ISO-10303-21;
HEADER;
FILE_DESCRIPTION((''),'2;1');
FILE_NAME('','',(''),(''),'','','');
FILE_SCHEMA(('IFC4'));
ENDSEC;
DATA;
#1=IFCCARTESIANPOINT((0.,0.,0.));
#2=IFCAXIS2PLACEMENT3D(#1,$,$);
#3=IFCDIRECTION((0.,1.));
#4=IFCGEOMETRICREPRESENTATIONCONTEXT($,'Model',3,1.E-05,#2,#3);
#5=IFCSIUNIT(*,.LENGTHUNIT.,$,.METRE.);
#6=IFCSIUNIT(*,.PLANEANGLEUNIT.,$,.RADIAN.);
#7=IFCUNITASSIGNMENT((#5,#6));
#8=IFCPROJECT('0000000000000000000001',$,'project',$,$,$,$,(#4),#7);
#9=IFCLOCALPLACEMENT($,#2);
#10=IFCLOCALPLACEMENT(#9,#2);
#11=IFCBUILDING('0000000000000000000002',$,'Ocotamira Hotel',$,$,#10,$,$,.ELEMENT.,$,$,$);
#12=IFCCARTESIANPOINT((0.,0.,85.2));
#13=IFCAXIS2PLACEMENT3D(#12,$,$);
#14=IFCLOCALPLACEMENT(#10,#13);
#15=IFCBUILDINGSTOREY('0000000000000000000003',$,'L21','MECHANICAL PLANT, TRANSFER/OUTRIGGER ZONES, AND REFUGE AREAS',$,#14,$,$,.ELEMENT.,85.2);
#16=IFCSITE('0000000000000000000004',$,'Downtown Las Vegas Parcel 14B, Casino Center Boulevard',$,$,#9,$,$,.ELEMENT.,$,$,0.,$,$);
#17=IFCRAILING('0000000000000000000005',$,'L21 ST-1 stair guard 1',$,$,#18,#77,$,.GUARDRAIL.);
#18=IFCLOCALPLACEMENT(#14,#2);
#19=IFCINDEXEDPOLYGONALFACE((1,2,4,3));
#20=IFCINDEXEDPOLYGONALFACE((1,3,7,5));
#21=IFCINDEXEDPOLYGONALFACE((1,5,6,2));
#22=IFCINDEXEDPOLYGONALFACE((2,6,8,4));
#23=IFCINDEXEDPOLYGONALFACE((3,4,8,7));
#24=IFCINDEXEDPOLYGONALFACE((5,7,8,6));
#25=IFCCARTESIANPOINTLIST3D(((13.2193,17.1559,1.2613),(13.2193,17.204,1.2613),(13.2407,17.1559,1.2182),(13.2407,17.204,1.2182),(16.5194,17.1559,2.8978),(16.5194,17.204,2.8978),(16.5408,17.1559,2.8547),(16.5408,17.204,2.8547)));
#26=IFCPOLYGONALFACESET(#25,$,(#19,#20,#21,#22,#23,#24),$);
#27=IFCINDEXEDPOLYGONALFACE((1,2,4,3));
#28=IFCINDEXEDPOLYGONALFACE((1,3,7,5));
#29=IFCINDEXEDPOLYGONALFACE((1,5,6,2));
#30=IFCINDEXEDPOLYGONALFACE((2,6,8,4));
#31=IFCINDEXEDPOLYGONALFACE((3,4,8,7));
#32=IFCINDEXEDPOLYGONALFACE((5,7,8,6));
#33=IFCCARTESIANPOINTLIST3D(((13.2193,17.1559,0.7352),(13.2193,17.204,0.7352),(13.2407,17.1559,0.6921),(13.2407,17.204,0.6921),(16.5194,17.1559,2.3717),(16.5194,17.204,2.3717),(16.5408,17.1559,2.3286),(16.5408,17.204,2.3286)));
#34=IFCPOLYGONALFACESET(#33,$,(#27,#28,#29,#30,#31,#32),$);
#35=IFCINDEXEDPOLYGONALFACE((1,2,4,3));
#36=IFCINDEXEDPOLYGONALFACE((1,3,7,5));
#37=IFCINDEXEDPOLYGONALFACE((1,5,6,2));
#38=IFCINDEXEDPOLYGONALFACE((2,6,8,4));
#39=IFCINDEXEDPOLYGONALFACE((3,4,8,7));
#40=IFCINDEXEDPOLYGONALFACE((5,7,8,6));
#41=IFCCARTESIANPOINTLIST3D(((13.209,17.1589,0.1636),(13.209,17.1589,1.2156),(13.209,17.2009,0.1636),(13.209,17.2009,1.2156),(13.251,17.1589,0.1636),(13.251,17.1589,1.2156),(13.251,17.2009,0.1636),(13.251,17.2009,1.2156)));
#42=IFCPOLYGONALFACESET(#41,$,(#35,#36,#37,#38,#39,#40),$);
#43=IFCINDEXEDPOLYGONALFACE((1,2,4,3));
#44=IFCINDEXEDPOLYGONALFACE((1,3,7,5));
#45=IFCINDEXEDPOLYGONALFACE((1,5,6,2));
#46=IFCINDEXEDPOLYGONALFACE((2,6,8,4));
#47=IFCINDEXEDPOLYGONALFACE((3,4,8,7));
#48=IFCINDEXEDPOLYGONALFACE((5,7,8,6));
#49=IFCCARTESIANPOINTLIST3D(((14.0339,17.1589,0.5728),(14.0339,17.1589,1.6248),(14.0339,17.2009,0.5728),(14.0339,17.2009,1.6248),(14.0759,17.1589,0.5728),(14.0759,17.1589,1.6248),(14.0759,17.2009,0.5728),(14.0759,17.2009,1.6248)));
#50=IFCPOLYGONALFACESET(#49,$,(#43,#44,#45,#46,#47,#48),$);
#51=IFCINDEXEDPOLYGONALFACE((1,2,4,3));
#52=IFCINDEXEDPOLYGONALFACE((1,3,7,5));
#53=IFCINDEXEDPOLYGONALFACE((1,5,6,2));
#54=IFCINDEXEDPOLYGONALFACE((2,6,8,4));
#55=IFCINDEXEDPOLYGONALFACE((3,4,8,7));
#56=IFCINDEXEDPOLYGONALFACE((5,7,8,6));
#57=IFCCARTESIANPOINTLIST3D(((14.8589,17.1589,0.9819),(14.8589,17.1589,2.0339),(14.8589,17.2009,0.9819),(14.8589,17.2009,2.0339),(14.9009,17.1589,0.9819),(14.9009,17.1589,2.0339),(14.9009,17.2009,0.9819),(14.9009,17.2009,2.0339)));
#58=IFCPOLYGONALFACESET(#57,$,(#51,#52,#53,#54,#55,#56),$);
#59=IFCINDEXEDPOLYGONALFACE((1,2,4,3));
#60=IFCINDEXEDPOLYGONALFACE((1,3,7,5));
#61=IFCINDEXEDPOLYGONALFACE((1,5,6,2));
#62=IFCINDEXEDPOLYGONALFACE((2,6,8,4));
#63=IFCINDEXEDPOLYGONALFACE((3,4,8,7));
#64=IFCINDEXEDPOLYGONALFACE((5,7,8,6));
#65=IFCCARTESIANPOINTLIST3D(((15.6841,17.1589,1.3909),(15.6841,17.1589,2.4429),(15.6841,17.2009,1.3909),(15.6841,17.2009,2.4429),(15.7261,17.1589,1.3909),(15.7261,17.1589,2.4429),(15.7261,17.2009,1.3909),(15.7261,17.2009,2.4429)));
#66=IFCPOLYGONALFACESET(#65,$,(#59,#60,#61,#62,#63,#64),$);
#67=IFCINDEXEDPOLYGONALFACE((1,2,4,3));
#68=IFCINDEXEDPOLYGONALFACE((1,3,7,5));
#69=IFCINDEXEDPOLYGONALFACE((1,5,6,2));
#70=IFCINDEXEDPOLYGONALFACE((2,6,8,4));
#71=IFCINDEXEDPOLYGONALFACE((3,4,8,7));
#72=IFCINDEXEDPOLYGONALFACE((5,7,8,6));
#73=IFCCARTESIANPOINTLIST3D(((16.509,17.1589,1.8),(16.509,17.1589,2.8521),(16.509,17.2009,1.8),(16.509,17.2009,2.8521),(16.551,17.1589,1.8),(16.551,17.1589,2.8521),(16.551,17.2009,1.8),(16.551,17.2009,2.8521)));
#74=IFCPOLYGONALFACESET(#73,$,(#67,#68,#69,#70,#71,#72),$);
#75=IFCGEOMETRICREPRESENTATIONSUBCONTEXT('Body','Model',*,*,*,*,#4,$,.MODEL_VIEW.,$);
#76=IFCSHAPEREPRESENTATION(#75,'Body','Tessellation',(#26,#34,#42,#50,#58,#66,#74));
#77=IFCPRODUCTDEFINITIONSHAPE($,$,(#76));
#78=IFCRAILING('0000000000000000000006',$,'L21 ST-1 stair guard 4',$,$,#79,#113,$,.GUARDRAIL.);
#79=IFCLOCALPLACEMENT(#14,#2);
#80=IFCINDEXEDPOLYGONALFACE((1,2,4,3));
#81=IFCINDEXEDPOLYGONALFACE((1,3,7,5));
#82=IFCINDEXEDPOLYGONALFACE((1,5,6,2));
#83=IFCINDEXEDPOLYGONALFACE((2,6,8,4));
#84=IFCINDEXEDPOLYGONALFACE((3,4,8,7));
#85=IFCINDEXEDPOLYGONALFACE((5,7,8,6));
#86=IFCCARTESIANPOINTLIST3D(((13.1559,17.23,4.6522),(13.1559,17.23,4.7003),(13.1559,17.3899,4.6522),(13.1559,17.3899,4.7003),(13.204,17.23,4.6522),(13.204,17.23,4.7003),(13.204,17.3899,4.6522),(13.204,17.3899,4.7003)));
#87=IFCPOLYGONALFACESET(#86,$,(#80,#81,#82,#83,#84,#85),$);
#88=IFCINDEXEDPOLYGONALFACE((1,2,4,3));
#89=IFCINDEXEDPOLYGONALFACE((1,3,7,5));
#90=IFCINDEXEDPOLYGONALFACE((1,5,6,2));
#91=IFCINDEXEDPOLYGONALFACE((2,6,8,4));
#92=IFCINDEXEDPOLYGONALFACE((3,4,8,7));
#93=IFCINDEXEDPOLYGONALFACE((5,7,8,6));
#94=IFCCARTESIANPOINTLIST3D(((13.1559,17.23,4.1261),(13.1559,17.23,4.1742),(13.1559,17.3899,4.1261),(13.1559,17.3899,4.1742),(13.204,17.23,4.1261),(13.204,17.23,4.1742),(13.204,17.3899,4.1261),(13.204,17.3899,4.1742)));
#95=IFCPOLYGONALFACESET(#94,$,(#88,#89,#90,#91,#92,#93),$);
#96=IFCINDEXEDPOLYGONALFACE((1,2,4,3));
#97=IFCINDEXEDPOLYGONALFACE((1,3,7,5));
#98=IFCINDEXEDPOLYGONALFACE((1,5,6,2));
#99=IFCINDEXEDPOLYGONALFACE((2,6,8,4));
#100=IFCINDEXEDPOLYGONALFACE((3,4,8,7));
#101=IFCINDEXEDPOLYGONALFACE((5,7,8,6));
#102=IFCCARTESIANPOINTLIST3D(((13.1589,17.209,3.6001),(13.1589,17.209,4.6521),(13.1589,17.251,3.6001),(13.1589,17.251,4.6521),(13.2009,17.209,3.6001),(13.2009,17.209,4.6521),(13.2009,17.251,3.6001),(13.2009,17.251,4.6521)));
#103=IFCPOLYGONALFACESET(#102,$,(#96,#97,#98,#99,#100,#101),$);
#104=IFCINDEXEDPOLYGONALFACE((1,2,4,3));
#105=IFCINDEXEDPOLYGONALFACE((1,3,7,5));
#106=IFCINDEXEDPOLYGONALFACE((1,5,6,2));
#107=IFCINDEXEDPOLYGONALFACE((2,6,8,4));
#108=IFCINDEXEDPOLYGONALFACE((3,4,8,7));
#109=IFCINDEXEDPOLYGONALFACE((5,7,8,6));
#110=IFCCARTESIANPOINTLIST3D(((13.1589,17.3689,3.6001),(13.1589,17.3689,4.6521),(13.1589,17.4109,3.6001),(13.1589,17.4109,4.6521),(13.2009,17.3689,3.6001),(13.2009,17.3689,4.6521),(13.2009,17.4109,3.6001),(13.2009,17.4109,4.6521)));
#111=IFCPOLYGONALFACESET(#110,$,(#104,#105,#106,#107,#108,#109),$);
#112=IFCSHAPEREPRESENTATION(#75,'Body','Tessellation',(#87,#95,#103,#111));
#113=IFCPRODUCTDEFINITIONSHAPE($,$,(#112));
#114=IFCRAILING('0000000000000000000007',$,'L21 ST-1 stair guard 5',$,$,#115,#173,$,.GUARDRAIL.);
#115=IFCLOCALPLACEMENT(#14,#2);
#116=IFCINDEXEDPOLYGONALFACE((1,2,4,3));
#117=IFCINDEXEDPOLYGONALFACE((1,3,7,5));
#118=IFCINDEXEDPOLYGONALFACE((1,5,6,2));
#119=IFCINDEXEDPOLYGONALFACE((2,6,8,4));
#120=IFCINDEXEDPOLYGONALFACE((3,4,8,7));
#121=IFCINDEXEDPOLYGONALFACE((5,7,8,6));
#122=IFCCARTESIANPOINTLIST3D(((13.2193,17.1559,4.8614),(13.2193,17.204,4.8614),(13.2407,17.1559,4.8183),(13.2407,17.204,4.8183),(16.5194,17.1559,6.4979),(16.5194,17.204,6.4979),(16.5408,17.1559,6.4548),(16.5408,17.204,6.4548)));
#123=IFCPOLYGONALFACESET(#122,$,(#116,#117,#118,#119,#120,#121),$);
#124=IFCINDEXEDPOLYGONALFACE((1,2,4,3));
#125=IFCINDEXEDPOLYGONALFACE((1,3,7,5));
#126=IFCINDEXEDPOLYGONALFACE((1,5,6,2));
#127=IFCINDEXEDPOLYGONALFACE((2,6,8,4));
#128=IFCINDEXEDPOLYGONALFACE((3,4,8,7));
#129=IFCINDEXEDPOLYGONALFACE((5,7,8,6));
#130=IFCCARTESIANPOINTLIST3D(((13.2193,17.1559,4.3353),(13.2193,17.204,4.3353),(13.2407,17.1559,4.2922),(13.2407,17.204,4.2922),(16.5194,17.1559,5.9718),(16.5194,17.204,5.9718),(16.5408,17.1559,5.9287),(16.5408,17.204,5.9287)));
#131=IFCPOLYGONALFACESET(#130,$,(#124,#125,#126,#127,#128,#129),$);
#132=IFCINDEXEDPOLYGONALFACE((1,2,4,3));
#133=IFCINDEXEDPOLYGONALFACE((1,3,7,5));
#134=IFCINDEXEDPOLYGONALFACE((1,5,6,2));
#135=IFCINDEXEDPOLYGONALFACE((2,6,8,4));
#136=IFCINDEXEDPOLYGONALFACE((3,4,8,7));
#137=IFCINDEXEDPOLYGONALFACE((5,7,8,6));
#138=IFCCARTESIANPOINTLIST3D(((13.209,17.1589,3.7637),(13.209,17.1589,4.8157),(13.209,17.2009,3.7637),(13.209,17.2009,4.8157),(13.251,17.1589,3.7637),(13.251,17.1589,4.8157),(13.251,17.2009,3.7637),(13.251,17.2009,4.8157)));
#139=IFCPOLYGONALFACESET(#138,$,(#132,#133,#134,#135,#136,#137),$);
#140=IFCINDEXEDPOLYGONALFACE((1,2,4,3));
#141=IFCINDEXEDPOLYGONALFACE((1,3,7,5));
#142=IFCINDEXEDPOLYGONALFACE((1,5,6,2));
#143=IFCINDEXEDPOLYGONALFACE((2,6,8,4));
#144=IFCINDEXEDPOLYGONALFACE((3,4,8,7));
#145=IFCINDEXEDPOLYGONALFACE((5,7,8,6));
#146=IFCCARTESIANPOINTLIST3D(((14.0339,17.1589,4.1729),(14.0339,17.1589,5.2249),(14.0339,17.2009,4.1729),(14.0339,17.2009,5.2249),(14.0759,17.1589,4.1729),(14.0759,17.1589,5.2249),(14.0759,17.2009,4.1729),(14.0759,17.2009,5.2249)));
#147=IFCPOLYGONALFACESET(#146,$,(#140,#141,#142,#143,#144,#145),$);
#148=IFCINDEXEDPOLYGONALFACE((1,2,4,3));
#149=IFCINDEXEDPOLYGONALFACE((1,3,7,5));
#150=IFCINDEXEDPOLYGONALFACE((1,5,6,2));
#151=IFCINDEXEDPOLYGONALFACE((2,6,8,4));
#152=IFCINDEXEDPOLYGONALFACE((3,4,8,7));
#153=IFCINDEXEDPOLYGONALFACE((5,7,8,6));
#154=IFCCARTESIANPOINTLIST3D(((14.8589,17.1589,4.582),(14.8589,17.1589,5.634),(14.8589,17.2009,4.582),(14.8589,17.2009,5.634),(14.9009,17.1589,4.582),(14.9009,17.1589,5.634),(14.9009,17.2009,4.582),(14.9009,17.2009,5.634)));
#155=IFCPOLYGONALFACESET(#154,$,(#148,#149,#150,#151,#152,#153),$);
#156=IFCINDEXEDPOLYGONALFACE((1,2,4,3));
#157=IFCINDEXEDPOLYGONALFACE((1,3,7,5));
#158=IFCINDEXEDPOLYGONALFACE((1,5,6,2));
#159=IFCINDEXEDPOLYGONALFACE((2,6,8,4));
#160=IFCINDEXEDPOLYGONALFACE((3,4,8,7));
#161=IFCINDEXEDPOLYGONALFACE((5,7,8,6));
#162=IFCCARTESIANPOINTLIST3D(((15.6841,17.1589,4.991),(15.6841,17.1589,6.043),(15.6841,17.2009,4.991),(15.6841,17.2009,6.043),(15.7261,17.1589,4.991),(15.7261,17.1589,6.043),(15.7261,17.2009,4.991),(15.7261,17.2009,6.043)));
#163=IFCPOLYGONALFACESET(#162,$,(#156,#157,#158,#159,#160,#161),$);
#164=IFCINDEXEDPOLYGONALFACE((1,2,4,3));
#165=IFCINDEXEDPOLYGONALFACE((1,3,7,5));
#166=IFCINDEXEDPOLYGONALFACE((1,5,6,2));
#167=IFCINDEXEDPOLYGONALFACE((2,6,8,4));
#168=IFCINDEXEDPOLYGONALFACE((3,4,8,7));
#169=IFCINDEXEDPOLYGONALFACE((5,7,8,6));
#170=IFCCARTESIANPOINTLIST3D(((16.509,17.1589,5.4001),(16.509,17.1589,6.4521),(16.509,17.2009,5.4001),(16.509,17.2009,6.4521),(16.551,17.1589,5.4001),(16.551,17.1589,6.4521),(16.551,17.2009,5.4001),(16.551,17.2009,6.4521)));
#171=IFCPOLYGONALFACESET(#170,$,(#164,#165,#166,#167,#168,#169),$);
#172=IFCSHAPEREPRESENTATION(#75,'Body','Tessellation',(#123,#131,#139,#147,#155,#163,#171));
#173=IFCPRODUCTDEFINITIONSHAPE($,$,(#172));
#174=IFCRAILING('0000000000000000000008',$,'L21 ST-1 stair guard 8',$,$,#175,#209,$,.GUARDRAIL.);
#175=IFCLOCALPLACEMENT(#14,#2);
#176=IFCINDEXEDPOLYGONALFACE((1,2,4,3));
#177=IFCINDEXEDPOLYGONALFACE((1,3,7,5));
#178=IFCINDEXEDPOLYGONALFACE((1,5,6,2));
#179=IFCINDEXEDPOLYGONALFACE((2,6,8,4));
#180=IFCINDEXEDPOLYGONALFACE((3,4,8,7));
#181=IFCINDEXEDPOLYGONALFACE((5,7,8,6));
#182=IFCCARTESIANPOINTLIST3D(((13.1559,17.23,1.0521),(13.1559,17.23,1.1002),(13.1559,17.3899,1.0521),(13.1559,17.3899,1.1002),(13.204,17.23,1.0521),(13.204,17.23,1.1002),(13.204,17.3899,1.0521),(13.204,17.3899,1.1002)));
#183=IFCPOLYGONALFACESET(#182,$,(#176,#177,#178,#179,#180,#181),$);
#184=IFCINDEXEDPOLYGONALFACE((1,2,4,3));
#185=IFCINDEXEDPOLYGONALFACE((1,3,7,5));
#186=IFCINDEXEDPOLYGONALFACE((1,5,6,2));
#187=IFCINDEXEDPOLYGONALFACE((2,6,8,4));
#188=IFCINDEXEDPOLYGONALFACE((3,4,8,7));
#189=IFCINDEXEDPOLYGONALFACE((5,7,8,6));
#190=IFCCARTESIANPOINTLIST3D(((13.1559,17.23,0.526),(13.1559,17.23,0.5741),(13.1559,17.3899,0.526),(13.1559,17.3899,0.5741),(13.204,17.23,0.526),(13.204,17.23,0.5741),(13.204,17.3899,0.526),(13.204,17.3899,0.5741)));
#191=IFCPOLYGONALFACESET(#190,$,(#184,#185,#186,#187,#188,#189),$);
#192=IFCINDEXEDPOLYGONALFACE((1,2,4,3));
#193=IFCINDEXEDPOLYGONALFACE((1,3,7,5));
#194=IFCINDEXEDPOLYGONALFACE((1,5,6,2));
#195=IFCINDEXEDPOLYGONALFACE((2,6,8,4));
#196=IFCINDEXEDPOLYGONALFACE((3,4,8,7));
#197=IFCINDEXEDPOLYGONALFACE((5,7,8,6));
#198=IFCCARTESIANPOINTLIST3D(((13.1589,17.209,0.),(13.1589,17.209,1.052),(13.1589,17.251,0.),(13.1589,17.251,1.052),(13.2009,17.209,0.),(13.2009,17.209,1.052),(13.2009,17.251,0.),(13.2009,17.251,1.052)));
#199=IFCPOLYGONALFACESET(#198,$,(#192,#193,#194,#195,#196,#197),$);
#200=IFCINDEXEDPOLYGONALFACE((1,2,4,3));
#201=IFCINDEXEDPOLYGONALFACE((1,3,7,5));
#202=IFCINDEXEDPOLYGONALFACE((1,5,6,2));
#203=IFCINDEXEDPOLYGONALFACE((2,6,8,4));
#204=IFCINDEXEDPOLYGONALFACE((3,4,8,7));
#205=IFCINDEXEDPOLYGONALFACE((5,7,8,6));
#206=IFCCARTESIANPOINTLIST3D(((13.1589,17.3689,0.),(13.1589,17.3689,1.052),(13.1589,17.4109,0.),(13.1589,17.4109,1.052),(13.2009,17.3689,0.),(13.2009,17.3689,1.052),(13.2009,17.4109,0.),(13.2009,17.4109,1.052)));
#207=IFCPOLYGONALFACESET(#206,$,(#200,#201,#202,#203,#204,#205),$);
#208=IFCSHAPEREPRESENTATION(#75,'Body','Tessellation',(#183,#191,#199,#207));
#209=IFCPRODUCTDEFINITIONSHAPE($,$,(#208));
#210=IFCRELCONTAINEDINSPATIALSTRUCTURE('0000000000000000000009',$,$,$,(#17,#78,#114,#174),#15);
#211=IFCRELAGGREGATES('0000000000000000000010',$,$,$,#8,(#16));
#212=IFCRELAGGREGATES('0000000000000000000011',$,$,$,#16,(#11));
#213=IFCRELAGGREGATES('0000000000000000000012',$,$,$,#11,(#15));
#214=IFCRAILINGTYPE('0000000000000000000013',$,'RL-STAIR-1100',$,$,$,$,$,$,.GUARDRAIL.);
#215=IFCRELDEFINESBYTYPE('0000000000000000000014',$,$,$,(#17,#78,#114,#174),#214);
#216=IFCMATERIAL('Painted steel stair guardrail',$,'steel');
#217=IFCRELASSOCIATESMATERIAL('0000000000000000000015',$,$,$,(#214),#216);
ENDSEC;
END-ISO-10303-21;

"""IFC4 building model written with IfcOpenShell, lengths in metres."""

from ifc_helpers import new_model, si_unit, direction, frame, origin, origin_2d, place, context, subcontext, project, spatial, rectangle, extrude, material, type_object, element, save


model = new_model("IFC4")

# Units and contexts
model_context = context("Model", 3, precision=1e-05, world=origin(), true_north=direction((0.0, 1.0)))
body_context = subcontext(model_context, "Body", "Model", "MODEL_VIEW")
ifc_project = project(units=[si_unit("LENGTHUNIT", "METRE"), si_unit("PLANEANGLEUNIT", "RADIAN")], contexts=[model_context])

# Site, building, storey
site_placement = place(None, origin())
site = spatial("IfcSite", under=ifc_project, at=site_placement, Name="Downtown Las Vegas Parcel 14B, Casino Center Boulevard", CompositionType="ELEMENT", RefElevation=0.0)
building_placement = place(site_placement, origin())
building = spatial("IfcBuilding", under=site, at=building_placement, Name="Ocotamira Hotel", CompositionType="ELEMENT")
storey_placement = place(building_placement, frame((0.0, 0.0, 85.2)))
storey = spatial("IfcBuildingStorey", under=building, at=storey_placement, Name="L21", Description="MECHANICAL PLANT, TRANSFER/OUTRIGGER ZONES, AND REFUGE AREAS", CompositionType="ELEMENT", Elevation=85.2)

# Railings
ifc_material_1 = material(Name="Painted steel stair guardrail", Category="steel")
railing_type_1 = type_object("IfcRailingType", Name="RL-STAIR-1100", PredefinedType="GUARDRAIL", material=ifc_material_1)
railing_1_placement = place(storey_placement, frame((13.23, 17.1799, 0.1636)))
element("IfcRailing", 1, at=railing_1_placement, inside=storey, type_object=railing_type_1, Name="L21 ST-1 stair guard 1", PredefinedType="GUARDRAIL", context=body_context, shape_type="SweptSolid", body=[
    extrude(rectangle(XDim=0.0481, YDim=0.0481, at=origin_2d()), frame((0.0, 0.0, 1.0762), z_axis=(0.895894, 0.0, 0.444268), x_axis=(0.0, 1.0, 0.0)), (0.0, 0.0, 1.0), 3.6836),
    extrude(rectangle(XDim=0.0481, YDim=0.0481, at=origin_2d()), frame((0.0, 0.0, 0.55), z_axis=(0.895894, 0.0, 0.444268), x_axis=(0.0, 1.0, 0.0)), (0.0, 0.0, 1.0), 3.6836),
    extrude(rectangle(XDim=0.042, YDim=0.042, at=origin_2d()), origin(), (0.0, 0.0, 1.0), 1.052),
    extrude(rectangle(XDim=0.042, YDim=0.042, at=origin_2d()), frame((0.825, 0.0, 0.4092)), (0.0, 0.0, 1.0), 1.052),
    extrude(rectangle(XDim=0.042, YDim=0.042, at=origin_2d()), frame((1.6499, 0.0, 0.8184)), (0.0, 0.0, 1.0), 1.052),
    extrude(rectangle(XDim=0.042, YDim=0.042, at=origin_2d()), frame((2.4751, 0.0, 1.2273)), (0.0, 0.0, 1.0), 1.052),
    extrude(rectangle(XDim=0.042, YDim=0.042, at=origin_2d()), frame((3.3, 0.0, 1.6365)), (0.0, 0.0, 1.0), 1.052),
])
railing_2_placement = place(storey_placement, frame((13.1799, 17.23, 3.6001)))
element("IfcRailing", 2, at=railing_2_placement, inside=storey, type_object=railing_type_1, Name="L21 ST-1 stair guard 4", PredefinedType="GUARDRAIL", context=body_context, shape_type="SweptSolid", body=[
    extrude(rectangle(XDim=0.0481, YDim=0.0481, at=origin_2d()), frame((0.0, 0.0, 1.0762), z_axis=(0.0, 1.0, 0.0), x_axis=(-1.0, 0.0, 0.0)), (0.0, 0.0, 1.0), 0.1599),
    extrude(rectangle(XDim=0.0481, YDim=0.0481, at=origin_2d()), frame((0.0, 0.0, 0.55), z_axis=(0.0, 1.0, 0.0), x_axis=(-1.0, 0.0, 0.0)), (0.0, 0.0, 1.0), 0.1599),
    extrude(rectangle(XDim=0.042, YDim=0.042, at=origin_2d()), origin(), (0.0, 0.0, 1.0), 1.052),
    extrude(rectangle(XDim=0.042, YDim=0.042, at=origin_2d()), frame((0.0, 0.1599, 0.0)), (0.0, 0.0, 1.0), 1.052),
])
railing_3_placement = place(storey_placement, frame((13.23, 17.1799, 3.7637)))
element("IfcRailing", 3, at=railing_3_placement, inside=storey, type_object=railing_type_1, Name="L21 ST-1 stair guard 5", PredefinedType="GUARDRAIL", context=body_context, shape_type="SweptSolid", body=[
    extrude(rectangle(XDim=0.0481, YDim=0.0481, at=origin_2d()), frame((0.0, 0.0, 1.0762), z_axis=(0.895894, 0.0, 0.444268), x_axis=(0.0, 1.0, 0.0)), (0.0, 0.0, 1.0), 3.6836),
    extrude(rectangle(XDim=0.0481, YDim=0.0481, at=origin_2d()), frame((0.0, 0.0, 0.55), z_axis=(0.895894, 0.0, 0.444268), x_axis=(0.0, 1.0, 0.0)), (0.0, 0.0, 1.0), 3.6836),
    extrude(rectangle(XDim=0.042, YDim=0.042, at=origin_2d()), origin(), (0.0, 0.0, 1.0), 1.052),
    extrude(rectangle(XDim=0.042, YDim=0.042, at=origin_2d()), frame((0.825, 0.0, 0.4092)), (0.0, 0.0, 1.0), 1.052),
    extrude(rectangle(XDim=0.042, YDim=0.042, at=origin_2d()), frame((1.6499, 0.0, 0.8184)), (0.0, 0.0, 1.0), 1.052),
    extrude(rectangle(XDim=0.042, YDim=0.042, at=origin_2d()), frame((2.4751, 0.0, 1.2273)), (0.0, 0.0, 1.0), 1.052),
    extrude(rectangle(XDim=0.042, YDim=0.042, at=origin_2d()), frame((3.3, 0.0, 1.6365)), (0.0, 0.0, 1.0), 1.052),
])
railing_4_placement = place(storey_placement, frame((13.1799, 17.23, 0.0)))
element("IfcRailing", 4, at=railing_4_placement, inside=storey, type_object=railing_type_1, Name="L21 ST-1 stair guard 8", PredefinedType="GUARDRAIL", context=body_context, shape_type="SweptSolid", body=[
    extrude(rectangle(XDim=0.0481, YDim=0.0481, at=origin_2d()), frame((0.0, 0.0, 1.0762), z_axis=(0.0, 1.0, 0.0), x_axis=(-1.0, 0.0, 0.0)), (0.0, 0.0, 1.0), 0.1599),
    extrude(rectangle(XDim=0.0481, YDim=0.0481, at=origin_2d()), frame((0.0, 0.0, 0.55), z_axis=(0.0, 1.0, 0.0), x_axis=(-1.0, 0.0, 0.0)), (0.0, 0.0, 1.0), 0.1599),
    extrude(rectangle(XDim=0.042, YDim=0.042, at=origin_2d()), origin(), (0.0, 0.0, 1.0), 1.052),
    extrude(rectangle(XDim=0.042, YDim=0.042, at=origin_2d()), frame((0.0, 0.1599, 0.0)), (0.0, 0.0, 1.0), 1.052),
])

save(model, "model.ifc")
